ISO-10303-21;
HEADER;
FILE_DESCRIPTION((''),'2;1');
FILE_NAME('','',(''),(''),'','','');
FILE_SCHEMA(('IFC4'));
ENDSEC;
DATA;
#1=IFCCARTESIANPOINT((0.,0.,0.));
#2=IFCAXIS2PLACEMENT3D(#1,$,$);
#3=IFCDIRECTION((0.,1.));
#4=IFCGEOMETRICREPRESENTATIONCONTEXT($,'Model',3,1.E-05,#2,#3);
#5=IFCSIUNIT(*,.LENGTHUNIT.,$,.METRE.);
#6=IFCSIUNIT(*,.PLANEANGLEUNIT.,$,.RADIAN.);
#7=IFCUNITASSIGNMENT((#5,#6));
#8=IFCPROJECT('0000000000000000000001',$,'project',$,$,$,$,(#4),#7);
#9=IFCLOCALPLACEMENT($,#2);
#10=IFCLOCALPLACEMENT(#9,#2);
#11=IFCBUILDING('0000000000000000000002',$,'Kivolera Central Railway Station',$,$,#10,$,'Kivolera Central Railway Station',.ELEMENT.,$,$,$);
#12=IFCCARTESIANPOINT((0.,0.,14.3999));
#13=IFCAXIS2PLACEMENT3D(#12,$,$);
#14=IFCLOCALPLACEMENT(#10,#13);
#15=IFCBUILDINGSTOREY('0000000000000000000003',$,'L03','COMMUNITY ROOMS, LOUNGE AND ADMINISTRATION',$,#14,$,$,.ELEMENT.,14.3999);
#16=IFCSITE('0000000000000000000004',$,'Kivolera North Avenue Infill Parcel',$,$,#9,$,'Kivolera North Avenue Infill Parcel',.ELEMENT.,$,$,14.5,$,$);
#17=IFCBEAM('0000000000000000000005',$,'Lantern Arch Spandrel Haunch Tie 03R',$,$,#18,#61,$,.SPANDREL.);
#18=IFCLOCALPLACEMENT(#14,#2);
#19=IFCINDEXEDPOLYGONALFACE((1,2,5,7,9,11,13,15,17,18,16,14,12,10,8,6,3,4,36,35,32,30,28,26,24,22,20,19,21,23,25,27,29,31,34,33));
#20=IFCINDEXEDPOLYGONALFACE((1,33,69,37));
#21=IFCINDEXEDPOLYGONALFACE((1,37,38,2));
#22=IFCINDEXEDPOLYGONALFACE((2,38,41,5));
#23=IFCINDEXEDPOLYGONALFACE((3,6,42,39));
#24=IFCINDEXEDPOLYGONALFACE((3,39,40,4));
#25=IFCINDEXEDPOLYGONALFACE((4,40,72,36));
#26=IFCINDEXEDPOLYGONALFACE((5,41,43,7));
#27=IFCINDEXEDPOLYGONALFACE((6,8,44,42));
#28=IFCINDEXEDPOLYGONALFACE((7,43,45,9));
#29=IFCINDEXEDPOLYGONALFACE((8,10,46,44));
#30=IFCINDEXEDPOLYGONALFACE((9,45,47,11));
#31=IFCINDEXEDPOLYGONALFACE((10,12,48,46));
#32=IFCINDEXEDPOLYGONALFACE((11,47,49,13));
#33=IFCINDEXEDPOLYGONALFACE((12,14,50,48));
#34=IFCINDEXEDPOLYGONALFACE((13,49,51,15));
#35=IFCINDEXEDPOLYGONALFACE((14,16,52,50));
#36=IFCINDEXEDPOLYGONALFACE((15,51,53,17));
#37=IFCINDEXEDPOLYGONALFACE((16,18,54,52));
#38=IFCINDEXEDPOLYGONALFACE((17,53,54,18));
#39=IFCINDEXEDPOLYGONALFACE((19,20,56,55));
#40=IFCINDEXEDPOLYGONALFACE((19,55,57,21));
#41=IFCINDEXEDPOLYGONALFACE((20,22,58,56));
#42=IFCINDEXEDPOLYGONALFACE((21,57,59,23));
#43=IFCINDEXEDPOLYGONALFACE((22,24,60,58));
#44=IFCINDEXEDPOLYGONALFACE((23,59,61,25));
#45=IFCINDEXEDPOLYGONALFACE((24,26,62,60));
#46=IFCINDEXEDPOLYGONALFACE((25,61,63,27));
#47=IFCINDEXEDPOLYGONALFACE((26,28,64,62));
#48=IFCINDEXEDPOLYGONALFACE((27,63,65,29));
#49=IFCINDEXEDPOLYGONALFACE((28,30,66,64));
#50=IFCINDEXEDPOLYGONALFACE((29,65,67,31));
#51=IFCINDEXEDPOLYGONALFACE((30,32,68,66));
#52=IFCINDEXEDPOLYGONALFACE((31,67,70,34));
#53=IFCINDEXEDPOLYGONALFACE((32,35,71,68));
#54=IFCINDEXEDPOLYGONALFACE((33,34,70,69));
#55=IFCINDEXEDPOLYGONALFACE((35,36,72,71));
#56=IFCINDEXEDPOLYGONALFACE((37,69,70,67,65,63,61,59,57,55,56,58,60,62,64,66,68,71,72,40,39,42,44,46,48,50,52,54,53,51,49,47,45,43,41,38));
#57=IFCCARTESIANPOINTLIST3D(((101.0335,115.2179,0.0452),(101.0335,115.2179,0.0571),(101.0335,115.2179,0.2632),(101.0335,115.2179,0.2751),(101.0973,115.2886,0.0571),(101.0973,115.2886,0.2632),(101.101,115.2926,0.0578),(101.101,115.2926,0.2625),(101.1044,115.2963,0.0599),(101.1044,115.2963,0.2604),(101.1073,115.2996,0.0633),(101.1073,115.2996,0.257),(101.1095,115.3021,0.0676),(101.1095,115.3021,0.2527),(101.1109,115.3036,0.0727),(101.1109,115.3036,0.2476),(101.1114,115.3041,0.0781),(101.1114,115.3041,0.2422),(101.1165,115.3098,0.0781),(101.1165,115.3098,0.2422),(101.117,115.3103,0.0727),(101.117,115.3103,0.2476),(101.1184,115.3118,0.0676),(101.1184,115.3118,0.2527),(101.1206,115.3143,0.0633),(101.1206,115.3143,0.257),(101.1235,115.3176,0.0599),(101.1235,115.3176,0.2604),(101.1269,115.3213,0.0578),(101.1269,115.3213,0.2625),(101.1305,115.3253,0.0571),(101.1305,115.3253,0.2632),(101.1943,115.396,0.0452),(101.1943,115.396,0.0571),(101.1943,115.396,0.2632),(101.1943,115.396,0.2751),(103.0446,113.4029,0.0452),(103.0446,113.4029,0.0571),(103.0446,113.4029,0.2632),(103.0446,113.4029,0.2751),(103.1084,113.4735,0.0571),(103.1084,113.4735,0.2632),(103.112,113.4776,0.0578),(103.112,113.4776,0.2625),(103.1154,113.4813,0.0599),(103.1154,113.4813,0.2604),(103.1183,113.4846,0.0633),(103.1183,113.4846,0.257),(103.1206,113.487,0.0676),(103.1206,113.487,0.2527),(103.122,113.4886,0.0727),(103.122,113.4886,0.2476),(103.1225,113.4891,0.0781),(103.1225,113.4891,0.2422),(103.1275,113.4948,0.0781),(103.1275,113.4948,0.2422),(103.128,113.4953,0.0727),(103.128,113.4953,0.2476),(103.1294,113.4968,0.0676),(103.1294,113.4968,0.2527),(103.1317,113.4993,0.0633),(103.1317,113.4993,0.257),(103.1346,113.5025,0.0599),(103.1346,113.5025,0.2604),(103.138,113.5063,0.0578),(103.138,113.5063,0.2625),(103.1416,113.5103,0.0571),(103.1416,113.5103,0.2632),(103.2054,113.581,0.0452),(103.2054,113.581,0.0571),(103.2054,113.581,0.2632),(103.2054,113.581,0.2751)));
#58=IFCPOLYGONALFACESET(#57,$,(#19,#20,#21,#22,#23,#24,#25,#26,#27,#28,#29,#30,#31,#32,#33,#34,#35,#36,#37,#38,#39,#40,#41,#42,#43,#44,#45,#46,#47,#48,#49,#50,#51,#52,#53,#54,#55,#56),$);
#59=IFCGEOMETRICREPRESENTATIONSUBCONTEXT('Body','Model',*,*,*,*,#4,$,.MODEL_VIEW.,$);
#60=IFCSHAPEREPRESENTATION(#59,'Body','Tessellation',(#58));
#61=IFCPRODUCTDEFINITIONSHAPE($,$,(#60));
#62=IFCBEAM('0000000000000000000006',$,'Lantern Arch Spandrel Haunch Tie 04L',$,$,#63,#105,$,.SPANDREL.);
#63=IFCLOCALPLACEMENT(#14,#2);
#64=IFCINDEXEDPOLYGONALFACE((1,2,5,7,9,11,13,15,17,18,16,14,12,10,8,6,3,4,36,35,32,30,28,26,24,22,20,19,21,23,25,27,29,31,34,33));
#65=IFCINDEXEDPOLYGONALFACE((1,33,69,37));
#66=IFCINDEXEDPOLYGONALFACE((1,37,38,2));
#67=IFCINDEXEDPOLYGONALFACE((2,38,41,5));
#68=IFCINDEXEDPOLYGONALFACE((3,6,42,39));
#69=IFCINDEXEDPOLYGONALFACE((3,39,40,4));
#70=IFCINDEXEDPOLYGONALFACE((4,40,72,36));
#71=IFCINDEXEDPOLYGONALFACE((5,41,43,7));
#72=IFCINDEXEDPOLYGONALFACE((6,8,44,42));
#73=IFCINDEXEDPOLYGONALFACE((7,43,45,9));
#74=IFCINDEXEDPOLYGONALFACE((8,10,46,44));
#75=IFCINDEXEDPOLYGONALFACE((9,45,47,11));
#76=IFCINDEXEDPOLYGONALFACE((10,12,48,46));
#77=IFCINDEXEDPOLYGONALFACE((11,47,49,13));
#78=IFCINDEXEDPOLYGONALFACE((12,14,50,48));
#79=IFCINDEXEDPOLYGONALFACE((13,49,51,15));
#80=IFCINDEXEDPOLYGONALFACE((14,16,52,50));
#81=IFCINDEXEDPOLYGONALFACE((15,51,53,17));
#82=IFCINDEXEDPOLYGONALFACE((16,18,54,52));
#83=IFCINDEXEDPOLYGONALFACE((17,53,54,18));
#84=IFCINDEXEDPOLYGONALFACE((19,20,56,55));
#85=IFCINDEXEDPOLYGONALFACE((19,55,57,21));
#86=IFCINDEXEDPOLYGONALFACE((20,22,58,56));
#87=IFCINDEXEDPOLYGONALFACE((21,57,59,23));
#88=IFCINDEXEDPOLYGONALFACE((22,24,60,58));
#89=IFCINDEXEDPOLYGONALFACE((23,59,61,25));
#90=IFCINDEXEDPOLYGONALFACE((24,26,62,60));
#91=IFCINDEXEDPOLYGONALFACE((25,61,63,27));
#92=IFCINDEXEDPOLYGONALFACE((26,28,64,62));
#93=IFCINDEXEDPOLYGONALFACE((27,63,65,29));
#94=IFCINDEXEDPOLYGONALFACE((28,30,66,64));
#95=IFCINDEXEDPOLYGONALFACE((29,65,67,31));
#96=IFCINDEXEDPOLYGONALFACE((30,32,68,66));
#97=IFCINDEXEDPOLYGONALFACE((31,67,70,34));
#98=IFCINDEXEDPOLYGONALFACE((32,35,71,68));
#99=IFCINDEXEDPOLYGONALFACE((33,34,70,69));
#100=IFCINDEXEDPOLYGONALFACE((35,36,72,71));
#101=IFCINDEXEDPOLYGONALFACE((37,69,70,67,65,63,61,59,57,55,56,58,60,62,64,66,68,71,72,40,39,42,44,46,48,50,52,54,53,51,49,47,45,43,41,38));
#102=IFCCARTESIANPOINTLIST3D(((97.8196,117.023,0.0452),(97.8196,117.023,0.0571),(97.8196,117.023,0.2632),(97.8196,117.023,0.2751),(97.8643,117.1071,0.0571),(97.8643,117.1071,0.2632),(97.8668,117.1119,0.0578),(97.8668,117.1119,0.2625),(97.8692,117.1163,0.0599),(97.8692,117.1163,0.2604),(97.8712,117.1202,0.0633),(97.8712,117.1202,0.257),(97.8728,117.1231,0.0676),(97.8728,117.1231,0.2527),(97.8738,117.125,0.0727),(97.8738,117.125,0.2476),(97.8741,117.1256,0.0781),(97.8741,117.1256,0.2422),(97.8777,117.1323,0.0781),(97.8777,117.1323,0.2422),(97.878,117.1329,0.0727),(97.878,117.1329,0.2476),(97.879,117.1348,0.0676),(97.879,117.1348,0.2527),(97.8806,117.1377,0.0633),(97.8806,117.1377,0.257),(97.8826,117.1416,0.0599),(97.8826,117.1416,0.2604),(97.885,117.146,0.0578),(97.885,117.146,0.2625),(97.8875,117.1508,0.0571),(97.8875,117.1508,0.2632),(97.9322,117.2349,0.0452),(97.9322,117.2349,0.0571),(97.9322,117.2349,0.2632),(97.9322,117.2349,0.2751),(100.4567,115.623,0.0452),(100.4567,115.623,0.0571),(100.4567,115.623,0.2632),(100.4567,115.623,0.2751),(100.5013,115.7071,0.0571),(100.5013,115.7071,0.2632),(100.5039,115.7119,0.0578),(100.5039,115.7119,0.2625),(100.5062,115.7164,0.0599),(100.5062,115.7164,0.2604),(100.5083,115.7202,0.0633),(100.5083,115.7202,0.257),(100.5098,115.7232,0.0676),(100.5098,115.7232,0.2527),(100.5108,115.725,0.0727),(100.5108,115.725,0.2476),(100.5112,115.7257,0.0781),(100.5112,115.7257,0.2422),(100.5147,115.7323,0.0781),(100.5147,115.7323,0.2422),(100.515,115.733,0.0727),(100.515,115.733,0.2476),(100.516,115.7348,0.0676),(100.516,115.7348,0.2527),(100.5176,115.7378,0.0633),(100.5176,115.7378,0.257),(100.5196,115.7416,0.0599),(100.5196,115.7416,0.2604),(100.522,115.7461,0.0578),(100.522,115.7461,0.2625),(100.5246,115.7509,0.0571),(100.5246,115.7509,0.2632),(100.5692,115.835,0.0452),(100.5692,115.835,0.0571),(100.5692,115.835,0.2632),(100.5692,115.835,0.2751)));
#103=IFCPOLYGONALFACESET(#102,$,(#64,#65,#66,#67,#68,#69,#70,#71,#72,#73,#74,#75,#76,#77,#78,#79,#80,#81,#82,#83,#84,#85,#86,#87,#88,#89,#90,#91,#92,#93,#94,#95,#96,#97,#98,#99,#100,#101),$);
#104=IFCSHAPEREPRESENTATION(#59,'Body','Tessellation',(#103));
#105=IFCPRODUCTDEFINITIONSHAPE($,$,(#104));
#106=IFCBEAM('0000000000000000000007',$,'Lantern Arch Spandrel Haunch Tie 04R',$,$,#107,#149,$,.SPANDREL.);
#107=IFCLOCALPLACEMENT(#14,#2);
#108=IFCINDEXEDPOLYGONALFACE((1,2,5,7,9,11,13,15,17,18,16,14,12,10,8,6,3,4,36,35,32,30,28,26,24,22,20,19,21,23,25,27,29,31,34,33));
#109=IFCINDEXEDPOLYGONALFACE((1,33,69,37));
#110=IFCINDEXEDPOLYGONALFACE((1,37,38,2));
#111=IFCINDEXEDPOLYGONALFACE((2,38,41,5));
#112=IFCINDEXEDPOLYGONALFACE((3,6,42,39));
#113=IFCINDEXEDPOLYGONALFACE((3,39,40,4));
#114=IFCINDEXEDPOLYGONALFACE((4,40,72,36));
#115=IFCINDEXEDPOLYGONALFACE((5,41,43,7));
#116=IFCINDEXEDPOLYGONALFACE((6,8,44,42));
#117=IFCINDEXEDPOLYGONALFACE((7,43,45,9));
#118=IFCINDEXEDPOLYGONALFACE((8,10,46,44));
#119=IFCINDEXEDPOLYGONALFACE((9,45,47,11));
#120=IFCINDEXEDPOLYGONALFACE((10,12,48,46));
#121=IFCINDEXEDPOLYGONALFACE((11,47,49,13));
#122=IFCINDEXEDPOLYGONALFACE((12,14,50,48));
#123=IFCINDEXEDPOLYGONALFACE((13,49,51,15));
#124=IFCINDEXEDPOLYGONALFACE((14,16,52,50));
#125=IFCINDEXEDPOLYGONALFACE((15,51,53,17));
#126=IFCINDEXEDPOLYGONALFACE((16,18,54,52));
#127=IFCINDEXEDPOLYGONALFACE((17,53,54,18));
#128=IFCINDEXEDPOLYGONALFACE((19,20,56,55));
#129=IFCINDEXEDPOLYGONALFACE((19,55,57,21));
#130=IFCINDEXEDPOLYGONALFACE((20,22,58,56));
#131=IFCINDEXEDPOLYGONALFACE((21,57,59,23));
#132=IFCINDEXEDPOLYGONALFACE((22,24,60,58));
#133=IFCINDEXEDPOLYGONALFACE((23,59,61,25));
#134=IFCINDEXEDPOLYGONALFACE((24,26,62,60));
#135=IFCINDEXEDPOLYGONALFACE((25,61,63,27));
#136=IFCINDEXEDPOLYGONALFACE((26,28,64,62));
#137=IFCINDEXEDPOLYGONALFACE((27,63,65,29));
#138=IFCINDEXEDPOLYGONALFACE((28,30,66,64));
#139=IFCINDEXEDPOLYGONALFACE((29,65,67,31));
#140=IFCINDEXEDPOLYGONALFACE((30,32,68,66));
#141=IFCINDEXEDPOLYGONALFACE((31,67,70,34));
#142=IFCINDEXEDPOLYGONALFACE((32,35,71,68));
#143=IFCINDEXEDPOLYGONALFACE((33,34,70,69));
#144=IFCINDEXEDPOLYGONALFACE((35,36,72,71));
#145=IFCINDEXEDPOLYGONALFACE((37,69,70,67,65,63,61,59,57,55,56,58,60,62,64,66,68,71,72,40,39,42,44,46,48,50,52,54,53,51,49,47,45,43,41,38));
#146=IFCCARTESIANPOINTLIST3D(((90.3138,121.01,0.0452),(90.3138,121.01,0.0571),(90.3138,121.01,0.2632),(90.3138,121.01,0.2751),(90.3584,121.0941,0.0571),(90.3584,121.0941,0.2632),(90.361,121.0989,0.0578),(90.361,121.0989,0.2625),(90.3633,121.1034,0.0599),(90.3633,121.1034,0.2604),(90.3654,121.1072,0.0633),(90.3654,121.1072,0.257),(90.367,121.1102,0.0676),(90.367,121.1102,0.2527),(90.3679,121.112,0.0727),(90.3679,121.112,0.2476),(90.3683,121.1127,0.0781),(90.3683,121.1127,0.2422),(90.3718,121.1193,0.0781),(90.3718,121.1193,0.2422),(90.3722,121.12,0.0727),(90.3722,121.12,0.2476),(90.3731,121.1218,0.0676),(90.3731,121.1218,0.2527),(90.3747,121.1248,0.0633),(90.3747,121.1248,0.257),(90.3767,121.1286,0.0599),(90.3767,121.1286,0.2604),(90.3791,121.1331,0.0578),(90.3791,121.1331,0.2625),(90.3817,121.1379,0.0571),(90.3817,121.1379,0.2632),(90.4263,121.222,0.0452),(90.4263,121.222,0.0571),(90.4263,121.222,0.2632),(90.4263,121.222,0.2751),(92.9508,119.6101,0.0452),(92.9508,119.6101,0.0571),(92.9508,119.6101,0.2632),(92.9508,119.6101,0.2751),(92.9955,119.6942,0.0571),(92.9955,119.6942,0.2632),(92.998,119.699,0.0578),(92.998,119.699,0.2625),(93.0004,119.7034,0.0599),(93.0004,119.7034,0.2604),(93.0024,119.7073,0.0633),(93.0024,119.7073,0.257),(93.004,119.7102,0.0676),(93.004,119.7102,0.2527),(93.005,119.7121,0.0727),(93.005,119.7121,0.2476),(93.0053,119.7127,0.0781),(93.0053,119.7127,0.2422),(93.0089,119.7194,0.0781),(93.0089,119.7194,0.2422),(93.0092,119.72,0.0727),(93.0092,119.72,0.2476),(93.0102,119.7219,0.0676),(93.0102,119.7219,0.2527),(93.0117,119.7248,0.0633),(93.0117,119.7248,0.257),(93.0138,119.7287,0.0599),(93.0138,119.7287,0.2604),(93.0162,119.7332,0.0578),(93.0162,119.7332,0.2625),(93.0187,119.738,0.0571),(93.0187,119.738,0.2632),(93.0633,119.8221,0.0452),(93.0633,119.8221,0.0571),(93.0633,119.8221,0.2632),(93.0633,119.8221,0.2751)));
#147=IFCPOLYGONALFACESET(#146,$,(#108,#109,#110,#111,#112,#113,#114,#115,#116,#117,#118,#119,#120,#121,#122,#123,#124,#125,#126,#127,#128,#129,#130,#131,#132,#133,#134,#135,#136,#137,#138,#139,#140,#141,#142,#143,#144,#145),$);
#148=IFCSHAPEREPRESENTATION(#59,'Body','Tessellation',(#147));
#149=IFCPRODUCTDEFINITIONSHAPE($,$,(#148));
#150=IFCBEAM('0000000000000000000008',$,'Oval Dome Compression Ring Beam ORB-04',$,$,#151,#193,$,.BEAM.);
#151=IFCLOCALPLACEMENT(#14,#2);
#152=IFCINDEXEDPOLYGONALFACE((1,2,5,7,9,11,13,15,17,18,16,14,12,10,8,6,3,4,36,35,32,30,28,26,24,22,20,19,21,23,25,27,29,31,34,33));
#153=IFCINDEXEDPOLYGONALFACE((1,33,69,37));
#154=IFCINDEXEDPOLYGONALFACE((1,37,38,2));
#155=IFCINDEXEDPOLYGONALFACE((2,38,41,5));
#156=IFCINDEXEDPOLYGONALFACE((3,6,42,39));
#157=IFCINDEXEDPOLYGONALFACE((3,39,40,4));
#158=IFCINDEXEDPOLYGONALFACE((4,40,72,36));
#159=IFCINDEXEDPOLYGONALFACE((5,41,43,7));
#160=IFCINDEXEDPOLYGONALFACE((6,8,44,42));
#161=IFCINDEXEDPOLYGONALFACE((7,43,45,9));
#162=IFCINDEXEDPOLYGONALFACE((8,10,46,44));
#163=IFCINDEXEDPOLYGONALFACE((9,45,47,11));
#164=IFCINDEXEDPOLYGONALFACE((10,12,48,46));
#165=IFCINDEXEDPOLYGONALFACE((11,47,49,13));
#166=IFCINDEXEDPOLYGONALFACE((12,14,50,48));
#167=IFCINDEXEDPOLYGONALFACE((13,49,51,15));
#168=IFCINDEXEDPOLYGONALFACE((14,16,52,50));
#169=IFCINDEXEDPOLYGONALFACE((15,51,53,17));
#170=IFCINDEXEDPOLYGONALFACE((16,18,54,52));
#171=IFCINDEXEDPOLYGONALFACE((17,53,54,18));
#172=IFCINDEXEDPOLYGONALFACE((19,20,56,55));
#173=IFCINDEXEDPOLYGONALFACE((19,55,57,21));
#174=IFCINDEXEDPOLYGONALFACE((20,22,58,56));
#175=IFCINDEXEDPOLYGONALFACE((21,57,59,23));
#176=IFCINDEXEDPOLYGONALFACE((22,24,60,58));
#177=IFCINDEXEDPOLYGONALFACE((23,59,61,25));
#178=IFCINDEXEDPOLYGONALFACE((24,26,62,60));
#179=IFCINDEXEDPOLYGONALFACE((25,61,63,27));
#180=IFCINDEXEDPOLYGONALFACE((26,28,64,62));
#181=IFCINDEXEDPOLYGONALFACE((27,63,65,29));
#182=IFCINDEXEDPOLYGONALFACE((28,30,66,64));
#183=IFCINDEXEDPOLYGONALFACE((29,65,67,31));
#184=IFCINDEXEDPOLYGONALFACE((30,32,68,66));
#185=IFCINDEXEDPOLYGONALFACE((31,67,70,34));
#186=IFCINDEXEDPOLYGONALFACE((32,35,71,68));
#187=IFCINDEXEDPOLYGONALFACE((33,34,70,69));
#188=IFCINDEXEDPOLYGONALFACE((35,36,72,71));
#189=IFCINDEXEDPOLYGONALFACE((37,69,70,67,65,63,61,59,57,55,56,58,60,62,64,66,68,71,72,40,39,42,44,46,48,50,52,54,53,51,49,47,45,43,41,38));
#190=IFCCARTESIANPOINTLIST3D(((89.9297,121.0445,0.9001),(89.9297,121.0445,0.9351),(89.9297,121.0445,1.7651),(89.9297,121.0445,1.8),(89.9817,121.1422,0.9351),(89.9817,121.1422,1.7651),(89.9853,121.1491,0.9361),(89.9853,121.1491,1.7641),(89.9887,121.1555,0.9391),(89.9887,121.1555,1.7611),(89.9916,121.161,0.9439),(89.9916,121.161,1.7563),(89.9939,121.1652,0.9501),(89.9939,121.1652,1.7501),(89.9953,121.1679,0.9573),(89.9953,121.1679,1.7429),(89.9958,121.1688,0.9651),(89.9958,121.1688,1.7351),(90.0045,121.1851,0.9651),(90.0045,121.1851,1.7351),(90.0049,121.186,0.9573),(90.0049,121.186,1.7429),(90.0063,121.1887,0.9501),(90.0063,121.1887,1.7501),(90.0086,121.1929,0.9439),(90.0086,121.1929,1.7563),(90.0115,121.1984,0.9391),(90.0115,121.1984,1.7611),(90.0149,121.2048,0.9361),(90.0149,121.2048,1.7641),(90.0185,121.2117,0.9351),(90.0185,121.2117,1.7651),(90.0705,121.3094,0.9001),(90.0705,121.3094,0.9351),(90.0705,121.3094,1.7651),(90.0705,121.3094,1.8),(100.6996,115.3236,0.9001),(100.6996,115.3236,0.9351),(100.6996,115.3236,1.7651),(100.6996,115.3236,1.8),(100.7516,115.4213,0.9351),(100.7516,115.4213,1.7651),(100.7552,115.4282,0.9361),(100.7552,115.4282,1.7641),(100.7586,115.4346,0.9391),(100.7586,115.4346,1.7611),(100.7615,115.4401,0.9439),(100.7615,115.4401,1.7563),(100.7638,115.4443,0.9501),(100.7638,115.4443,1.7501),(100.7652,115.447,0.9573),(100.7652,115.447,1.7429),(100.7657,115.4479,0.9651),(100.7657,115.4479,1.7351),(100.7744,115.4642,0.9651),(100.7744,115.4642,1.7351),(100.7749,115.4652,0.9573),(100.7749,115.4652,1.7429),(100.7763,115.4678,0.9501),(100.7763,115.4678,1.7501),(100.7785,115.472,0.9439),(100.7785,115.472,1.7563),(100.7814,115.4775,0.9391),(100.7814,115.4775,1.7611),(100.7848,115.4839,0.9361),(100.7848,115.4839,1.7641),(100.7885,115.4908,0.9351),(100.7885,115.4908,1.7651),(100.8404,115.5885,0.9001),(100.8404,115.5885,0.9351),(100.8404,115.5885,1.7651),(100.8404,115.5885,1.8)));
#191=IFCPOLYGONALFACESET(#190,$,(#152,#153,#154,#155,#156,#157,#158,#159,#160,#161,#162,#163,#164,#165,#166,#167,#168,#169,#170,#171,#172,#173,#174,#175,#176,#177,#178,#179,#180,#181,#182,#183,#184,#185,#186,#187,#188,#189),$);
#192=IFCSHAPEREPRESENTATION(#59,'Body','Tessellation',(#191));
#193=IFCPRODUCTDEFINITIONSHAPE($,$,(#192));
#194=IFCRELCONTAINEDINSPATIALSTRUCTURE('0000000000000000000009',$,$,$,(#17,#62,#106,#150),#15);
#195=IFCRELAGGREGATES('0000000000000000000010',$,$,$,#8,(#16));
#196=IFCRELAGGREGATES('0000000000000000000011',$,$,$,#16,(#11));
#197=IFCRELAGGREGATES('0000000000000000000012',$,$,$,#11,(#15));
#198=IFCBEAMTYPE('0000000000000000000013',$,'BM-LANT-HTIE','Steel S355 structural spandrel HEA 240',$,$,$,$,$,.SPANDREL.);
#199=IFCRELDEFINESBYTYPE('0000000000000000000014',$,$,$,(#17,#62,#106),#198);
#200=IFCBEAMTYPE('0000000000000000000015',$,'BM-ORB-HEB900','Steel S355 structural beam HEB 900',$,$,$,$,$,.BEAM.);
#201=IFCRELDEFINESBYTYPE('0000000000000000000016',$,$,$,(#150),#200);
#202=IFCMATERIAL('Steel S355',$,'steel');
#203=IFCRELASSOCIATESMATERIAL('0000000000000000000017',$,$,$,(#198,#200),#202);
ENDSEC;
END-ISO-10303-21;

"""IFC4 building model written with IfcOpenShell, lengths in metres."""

from ifc_helpers import new_model, si_unit, direction, frame, origin, origin_2d, place, context, subcontext, project, spatial, i_section, extrude, material, material_profile, profile_set, type_object, element, save


model = new_model("IFC4")

# Units and contexts
model_context = context("Model", 3, precision=1e-05, world=origin(), true_north=direction((0.0, 1.0)))
body_context = subcontext(model_context, "Body", "Model", "MODEL_VIEW")
ifc_project = project(units=[si_unit("LENGTHUNIT", "METRE"), si_unit("PLANEANGLEUNIT", "RADIAN")], contexts=[model_context])

# Site, building, storey
site_placement = place(None, origin())
site = spatial("IfcSite", under=ifc_project, at=site_placement, Name="Kivolera North Avenue Infill Parcel", LongName="Kivolera North Avenue Infill Parcel", CompositionType="ELEMENT", RefElevation=14.5)
building_placement = place(site_placement, origin())
building = spatial("IfcBuilding", under=site, at=building_placement, Name="Kivolera Central Railway Station", LongName="Kivolera Central Railway Station", CompositionType="ELEMENT")
storey_placement = place(building_placement, frame((0.0, 0.0, 14.3999)))
storey = spatial("IfcBuildingStorey", under=building, at=storey_placement, Name="L03", Description="COMMUNITY ROOMS, LOUNGE AND ADMINISTRATION", CompositionType="ELEMENT", Elevation=14.3999)

# Beams
ifc_material_1 = material(Name="Steel S355", Category="steel")
ifc_material_profile_1 = material_profile(ifc_material_1, i_section(OverallWidth=0.24, OverallDepth=0.23, WebThickness=0.0076, FlangeThickness=0.012, FilletRadius=0.021, at=origin_2d()), Name="HEA 240")
ifc_profile_set_1 = profile_set([ifc_material_profile_1], Name="Steel S355")
beam_type_1 = type_object("IfcBeamType", Name="BM-LANT-HTIE", Description="Steel S355 structural spandrel HEA 240", PredefinedType="SPANDREL", material=ifc_profile_set_1)
beam_1_placement = place(storey_placement, frame((103.125, 113.4919, 0.1602), z_axis=(-0.742366, 0.669995, 0.0), x_axis=(-0.669995, -0.742366, 0.0)))
element("IfcBeam", 1, at=beam_1_placement, inside=storey, type_object=beam_type_1, Name="Lantern Arch Spandrel Haunch Tie 03R", PredefinedType="SPANDREL", context=body_context, shape_type="SweptSolid", body=[
    extrude(i_section(OverallWidth=0.24, OverallDepth=0.23, WebThickness=0.0076, FlangeThickness=0.012, FilletRadius=0.021, at=origin_2d()), origin(), (0.0, 0.0, 1.0), 2.709),
])
for number, where, z_axis, x_axis, name in (
    (2, (100.5129, 115.729, 0.1602), (-0.883252, 0.468898, 0.0), (-0.468898, -0.883252, 0.0), "Lantern Arch Spandrel Haunch Tie 04L"),
    (3, (93.0071, 119.7161, 0.1602), (-0.883252, 0.468898, 0.0), (-0.468898, -0.883252, 0.0), "Lantern Arch Spandrel Haunch Tie 04R"),
):
    element("IfcBeam", number, at=place(storey_placement, frame(where, z_axis=z_axis, x_axis=x_axis)), inside=storey, type_object=beam_type_1, Name=name, PredefinedType="SPANDREL", context=body_context, shape_type="SweptSolid", body=[
        extrude(i_section(OverallWidth=0.24, OverallDepth=0.23, WebThickness=0.0076, FlangeThickness=0.012, FilletRadius=0.021, at=origin_2d()), origin(), (0.0, 0.0, 1.0), 2.9856),
    ])
ifc_material_profile_2 = material_profile(ifc_material_1, i_section(OverallWidth=0.3, OverallDepth=0.8999, WebThickness=0.0186, FlangeThickness=0.0349, FilletRadius=0.03, at=origin_2d()), Name="HEB 900")
ifc_profile_set_2 = profile_set([ifc_material_profile_2], Name="Steel S355")
beam_type_2 = type_object("IfcBeamType", Name="BM-ORB-HEB900", Description="Steel S355 structural beam HEB 900", PredefinedType="BEAM", material=ifc_profile_set_2)
beam_2_placement = place(storey_placement, frame((100.77, 115.4561, 1.3501), z_axis=(-0.883137, 0.469115, 0.0), x_axis=(-0.469115, -0.883137, 0.0)))
element("IfcBeam", 4, at=beam_2_placement, inside=storey, type_object=beam_type_2, Name="Oval Dome Compression Ring Beam ORB-04", PredefinedType="BEAM", context=body_context, shape_type="SweptSolid", body=[
    extrude(i_section(OverallWidth=0.3, OverallDepth=0.8999, WebThickness=0.0186, FlangeThickness=0.0349, FilletRadius=0.03, at=origin_2d()), origin(), (0.0, 0.0, 1.0), 12.1951),
])

save(model, "model.ifc")
